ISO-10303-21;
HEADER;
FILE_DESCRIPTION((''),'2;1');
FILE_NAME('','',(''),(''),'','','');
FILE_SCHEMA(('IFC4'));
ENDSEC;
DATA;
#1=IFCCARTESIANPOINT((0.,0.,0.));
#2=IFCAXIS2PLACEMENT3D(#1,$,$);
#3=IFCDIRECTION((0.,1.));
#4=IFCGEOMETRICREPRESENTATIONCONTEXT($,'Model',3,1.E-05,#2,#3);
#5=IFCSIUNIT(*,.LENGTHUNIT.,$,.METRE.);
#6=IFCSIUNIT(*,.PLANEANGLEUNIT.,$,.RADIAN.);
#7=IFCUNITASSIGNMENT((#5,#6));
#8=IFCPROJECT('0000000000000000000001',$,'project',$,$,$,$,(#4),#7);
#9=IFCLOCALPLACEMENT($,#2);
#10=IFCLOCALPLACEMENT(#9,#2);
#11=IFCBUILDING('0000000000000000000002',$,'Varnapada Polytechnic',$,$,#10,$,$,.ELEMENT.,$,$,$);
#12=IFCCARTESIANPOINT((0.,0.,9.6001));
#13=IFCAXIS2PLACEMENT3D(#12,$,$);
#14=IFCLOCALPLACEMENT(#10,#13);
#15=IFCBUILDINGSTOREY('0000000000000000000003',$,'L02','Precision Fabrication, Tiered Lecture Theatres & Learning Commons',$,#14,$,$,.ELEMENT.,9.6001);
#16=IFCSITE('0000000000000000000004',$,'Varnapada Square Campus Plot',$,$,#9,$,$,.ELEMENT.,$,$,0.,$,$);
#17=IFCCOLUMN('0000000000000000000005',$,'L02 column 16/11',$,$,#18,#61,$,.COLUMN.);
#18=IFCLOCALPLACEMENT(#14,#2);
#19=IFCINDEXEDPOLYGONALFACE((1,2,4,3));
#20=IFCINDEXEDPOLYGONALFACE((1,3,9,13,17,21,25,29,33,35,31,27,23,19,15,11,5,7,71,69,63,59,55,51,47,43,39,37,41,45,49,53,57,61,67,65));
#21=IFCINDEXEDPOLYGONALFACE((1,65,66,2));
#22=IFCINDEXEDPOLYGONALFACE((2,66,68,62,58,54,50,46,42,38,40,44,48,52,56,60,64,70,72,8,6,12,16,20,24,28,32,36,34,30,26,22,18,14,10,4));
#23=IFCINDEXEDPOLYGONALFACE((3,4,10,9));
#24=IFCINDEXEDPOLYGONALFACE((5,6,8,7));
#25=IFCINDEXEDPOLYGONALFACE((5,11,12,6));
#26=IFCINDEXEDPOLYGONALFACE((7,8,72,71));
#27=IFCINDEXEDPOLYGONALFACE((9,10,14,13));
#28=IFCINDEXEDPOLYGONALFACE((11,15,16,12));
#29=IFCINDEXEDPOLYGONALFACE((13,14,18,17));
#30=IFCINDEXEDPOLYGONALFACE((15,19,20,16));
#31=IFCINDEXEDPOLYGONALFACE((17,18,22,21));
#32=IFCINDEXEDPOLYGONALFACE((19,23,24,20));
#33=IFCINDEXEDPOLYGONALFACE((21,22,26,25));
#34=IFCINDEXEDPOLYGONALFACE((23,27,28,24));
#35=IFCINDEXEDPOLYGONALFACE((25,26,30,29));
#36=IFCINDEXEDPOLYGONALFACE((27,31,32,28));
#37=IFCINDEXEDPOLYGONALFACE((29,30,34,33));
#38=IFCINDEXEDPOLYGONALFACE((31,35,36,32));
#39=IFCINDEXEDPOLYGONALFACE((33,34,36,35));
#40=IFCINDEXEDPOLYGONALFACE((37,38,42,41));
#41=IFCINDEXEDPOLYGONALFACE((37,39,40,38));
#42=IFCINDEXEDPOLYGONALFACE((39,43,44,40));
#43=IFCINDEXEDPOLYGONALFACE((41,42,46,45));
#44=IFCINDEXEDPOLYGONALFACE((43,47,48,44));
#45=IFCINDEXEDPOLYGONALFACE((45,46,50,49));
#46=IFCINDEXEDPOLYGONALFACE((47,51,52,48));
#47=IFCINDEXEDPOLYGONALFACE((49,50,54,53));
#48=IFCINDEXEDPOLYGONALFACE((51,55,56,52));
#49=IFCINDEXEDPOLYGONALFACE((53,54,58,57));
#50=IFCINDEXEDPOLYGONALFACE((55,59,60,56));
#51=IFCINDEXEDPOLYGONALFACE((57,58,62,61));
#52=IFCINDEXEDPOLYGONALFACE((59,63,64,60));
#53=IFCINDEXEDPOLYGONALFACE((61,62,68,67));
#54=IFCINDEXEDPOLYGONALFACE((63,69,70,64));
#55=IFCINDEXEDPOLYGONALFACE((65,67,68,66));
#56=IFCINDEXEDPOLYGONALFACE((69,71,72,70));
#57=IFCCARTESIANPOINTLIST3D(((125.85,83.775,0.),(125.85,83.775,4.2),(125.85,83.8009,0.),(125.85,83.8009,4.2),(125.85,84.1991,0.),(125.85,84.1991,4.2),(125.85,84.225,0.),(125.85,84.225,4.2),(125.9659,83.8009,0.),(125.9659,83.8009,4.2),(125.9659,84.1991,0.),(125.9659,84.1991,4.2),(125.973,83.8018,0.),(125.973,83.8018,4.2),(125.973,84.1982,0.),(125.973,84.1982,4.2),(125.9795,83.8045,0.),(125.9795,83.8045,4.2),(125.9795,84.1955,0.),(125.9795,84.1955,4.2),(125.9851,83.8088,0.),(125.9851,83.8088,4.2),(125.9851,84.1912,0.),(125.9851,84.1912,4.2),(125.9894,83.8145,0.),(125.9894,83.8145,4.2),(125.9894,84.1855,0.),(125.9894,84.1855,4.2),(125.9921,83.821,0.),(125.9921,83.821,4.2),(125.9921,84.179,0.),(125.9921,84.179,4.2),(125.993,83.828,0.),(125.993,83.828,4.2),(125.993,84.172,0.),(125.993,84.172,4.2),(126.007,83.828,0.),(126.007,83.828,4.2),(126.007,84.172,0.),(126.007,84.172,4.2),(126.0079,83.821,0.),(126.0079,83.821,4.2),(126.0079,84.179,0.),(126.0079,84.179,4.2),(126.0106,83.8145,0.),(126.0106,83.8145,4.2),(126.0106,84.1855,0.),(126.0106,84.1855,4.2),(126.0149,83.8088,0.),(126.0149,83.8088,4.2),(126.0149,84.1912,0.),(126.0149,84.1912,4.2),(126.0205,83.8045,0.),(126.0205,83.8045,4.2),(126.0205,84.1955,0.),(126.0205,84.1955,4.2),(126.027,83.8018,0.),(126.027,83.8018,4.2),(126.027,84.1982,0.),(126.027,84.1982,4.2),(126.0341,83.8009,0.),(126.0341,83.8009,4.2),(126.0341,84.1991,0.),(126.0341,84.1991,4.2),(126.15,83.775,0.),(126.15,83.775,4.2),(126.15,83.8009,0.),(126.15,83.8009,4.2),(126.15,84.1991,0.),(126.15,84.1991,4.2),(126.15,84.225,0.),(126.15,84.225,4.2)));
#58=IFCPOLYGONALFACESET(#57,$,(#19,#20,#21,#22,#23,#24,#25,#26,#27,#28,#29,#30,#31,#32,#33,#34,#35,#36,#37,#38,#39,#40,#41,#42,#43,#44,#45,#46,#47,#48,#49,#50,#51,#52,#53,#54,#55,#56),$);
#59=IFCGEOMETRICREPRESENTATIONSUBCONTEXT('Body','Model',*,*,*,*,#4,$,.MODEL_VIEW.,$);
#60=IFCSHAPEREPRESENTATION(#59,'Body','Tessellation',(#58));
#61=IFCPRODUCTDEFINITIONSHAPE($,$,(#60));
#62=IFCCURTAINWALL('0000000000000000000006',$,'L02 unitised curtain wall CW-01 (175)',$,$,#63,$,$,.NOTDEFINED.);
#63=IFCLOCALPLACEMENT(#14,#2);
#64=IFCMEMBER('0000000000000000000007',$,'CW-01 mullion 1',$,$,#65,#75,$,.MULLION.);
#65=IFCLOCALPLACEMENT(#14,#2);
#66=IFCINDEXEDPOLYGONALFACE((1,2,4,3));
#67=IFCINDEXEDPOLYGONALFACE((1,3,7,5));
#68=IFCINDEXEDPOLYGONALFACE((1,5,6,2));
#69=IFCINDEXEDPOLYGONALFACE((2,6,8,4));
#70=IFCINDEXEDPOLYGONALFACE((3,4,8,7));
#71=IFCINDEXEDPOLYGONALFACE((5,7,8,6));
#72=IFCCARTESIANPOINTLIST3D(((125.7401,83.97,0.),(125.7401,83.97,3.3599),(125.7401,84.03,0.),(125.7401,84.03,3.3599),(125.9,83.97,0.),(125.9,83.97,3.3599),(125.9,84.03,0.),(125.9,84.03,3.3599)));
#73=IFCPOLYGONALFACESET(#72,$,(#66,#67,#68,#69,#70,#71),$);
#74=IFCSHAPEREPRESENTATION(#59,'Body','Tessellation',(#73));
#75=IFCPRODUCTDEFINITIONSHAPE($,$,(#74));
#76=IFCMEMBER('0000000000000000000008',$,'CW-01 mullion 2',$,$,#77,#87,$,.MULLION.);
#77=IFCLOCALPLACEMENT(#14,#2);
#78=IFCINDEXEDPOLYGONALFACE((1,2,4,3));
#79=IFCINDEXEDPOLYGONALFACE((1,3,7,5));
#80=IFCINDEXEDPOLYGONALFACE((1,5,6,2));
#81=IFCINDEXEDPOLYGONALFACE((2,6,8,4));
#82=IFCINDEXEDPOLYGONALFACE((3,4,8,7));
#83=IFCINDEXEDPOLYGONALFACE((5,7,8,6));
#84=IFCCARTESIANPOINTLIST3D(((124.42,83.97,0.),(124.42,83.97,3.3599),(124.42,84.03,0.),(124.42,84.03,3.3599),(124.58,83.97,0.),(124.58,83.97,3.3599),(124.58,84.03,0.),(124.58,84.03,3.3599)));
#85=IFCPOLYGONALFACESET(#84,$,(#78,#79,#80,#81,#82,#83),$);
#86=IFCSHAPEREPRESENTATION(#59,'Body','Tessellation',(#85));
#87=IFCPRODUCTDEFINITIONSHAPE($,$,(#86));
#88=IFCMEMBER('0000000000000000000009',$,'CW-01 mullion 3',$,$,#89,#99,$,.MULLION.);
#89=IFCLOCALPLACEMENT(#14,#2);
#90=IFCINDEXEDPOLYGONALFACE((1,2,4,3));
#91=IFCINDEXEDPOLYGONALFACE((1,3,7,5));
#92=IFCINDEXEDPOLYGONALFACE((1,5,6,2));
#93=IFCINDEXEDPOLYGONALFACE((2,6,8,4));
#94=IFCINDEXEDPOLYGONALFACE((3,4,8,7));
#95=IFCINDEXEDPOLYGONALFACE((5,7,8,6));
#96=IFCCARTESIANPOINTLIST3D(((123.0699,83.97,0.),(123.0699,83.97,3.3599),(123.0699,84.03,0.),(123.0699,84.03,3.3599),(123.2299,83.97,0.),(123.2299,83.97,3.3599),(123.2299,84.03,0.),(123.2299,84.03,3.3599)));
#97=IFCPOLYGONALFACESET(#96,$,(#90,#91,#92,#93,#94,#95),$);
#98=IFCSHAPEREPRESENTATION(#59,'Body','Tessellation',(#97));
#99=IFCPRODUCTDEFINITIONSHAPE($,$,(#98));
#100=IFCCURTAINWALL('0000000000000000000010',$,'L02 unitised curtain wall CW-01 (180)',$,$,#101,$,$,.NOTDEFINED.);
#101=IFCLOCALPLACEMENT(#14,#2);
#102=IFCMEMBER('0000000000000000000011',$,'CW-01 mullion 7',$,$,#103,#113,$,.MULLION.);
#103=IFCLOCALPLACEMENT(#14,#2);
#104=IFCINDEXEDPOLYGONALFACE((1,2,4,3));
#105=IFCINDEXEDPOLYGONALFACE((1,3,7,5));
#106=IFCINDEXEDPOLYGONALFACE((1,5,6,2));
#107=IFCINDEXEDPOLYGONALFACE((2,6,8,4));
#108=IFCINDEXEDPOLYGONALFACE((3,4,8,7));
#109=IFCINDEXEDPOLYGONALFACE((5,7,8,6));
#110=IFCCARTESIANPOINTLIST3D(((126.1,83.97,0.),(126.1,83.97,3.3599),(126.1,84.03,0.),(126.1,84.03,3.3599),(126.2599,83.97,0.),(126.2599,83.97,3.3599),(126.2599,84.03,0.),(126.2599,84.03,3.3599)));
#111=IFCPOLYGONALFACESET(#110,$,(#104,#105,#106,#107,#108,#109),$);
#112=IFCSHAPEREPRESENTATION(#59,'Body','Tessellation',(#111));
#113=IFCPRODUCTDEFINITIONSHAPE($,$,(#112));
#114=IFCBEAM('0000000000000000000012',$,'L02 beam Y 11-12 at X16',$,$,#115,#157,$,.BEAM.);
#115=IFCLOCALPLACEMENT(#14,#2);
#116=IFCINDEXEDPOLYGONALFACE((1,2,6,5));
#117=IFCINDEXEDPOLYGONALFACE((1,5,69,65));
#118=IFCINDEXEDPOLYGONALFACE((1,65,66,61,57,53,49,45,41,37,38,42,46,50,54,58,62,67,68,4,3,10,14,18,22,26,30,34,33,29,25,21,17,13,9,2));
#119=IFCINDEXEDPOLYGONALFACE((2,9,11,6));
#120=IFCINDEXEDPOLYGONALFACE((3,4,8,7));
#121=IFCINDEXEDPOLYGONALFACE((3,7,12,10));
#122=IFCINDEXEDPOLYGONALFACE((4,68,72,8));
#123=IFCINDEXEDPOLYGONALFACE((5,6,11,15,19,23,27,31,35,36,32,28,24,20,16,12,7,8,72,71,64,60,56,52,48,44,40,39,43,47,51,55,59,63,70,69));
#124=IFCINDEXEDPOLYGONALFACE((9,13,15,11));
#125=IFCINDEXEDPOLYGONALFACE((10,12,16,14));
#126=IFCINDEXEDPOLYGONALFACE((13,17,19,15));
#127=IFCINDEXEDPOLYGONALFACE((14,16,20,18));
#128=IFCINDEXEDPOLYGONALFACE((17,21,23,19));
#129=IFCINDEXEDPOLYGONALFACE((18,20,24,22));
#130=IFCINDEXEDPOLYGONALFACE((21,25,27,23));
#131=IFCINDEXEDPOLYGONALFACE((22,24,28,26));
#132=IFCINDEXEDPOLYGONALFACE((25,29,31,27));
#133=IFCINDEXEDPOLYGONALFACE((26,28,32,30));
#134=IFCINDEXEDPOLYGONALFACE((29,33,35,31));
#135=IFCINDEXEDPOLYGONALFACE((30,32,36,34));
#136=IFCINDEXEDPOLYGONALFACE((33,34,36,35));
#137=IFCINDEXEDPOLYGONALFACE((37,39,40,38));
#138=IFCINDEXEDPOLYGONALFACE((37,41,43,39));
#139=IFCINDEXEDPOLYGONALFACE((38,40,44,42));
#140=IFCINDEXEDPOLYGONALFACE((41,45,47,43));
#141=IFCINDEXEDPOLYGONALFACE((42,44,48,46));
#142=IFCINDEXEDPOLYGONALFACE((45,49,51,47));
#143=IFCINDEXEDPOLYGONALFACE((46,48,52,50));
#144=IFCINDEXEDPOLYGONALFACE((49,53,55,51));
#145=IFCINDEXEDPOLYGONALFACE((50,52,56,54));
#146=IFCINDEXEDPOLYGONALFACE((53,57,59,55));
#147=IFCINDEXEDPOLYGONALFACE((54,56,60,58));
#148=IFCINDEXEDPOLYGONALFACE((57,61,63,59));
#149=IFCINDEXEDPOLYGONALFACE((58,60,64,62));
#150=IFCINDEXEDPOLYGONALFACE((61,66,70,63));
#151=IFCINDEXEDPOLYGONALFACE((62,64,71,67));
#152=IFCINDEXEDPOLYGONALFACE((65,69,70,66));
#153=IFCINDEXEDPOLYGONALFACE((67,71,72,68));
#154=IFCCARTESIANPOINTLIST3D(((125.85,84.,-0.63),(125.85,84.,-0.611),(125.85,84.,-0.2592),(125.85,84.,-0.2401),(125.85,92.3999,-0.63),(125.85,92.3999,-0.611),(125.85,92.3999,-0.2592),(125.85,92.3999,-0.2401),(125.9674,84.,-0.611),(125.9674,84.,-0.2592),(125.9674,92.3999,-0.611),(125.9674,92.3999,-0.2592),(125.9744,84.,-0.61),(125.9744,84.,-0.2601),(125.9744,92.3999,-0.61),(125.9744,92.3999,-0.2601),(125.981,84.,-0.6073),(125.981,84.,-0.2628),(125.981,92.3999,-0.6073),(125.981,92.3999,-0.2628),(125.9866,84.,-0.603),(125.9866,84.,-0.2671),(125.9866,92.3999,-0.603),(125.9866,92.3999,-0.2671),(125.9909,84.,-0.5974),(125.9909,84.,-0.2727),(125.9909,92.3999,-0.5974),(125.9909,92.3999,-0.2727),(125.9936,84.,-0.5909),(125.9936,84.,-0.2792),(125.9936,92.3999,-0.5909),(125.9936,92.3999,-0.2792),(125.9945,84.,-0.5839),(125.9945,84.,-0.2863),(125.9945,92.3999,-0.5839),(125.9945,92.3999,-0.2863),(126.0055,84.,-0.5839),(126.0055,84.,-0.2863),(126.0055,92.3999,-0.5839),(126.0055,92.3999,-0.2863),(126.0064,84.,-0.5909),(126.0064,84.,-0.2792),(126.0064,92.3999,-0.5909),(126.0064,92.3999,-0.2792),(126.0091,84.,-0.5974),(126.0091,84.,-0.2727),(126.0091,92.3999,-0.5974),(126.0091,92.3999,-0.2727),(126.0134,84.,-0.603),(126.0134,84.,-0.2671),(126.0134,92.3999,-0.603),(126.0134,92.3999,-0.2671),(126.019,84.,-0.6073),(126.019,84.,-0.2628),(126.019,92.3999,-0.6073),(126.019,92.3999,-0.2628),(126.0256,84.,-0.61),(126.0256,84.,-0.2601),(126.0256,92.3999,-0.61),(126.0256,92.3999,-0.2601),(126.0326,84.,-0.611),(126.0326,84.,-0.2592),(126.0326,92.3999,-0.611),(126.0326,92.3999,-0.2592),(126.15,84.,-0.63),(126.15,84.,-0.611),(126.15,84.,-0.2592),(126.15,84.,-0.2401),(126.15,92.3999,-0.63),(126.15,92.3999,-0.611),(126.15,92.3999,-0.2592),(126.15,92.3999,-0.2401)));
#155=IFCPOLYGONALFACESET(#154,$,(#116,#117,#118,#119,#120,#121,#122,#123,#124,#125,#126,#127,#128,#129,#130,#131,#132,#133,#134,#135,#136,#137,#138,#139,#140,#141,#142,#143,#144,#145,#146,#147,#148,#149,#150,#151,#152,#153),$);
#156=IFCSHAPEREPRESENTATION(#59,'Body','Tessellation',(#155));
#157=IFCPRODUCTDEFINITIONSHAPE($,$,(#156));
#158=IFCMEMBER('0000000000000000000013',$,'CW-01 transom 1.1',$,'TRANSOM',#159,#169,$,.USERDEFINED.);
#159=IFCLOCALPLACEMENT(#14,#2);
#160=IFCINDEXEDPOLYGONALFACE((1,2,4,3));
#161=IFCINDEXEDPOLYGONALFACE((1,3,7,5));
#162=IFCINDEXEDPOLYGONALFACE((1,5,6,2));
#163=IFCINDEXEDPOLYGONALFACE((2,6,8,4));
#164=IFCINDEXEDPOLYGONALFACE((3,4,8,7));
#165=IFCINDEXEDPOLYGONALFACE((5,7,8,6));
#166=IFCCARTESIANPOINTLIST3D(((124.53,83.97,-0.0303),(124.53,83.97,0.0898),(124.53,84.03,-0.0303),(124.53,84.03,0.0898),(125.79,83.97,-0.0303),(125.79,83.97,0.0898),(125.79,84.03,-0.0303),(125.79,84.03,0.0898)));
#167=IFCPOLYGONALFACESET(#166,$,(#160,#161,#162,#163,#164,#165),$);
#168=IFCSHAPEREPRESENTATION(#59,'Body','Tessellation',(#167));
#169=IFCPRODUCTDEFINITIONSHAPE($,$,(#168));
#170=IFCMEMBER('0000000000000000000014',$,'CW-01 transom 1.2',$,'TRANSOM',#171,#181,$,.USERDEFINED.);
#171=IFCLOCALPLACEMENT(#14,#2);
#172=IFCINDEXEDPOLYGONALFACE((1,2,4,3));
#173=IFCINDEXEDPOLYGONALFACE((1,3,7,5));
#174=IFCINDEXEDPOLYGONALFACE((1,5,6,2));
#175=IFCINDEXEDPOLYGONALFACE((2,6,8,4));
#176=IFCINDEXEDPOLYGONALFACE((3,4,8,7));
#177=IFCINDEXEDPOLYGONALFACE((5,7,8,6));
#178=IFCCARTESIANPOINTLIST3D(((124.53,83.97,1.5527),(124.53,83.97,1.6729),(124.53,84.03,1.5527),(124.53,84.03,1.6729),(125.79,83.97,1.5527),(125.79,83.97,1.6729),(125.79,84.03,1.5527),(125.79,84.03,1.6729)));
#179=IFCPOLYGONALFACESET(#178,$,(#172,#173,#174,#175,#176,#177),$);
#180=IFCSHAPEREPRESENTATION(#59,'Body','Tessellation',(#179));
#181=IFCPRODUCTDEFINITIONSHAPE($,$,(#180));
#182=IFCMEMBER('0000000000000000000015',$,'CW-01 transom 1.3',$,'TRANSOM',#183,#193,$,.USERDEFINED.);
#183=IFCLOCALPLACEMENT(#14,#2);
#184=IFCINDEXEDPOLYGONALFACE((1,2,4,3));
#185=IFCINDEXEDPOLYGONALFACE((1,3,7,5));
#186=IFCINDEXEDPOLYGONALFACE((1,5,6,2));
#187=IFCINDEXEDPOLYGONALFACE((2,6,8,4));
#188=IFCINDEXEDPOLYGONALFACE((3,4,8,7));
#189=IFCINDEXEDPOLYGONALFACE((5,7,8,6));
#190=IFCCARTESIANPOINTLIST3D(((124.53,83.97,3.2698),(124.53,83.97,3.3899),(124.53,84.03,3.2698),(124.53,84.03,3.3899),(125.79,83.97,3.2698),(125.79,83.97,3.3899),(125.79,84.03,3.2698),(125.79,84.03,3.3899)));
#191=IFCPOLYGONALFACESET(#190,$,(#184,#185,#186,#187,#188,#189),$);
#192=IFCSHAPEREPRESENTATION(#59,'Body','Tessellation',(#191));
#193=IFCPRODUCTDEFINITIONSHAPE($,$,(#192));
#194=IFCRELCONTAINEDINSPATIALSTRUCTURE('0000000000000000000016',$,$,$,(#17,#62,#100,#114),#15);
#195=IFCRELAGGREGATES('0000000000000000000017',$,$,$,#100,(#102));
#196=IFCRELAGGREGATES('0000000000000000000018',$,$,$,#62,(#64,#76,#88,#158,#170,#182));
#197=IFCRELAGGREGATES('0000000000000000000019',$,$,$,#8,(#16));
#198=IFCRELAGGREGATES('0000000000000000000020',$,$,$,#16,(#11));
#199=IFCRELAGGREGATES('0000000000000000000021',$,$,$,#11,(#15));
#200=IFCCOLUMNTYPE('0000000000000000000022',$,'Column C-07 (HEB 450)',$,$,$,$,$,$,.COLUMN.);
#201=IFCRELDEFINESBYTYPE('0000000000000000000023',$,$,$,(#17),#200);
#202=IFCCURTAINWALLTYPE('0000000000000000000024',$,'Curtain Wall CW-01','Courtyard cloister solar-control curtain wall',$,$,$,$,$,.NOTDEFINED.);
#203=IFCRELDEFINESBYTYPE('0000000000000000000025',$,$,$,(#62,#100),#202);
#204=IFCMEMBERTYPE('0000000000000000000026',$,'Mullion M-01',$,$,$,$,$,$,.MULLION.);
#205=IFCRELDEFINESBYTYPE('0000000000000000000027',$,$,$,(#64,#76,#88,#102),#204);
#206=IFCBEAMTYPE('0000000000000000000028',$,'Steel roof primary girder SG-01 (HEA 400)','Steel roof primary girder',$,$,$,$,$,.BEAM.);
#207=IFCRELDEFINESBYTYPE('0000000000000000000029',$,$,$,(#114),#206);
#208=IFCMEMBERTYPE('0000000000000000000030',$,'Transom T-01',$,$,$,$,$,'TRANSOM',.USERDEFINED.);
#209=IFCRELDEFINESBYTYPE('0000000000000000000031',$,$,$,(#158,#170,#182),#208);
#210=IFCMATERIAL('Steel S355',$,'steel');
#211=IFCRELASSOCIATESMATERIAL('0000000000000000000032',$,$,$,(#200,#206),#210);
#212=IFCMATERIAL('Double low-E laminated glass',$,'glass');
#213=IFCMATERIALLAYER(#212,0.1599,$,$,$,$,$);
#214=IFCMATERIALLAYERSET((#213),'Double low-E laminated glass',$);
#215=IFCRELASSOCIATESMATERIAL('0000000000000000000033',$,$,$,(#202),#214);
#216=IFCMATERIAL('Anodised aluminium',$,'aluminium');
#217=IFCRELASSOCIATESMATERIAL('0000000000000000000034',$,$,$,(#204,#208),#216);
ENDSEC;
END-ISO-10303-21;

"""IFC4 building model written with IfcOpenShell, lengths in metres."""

from ifc_helpers import new_model, si_unit, direction, frame, origin, origin_2d, place, context, subcontext, project, spatial, rectangle, i_section, extrude, material, layer, layer_set, material_profile, profile_set, type_object, element, aggregate, save


model = new_model("IFC4")

# Units and contexts
model_context = context("Model", 3, precision=1e-05, world=origin(), true_north=direction((0.0, 1.0)))
body_context = subcontext(model_context, "Body", "Model", "MODEL_VIEW")
ifc_project = project(units=[si_unit("LENGTHUNIT", "METRE"), si_unit("PLANEANGLEUNIT", "RADIAN")], contexts=[model_context])

# Site, building, storey
site_placement = place(None, origin())
site = spatial("IfcSite", under=ifc_project, at=site_placement, Name="Varnapada Square Campus Plot", CompositionType="ELEMENT", RefElevation=0.0)
building_placement = place(site_placement, origin())
building = spatial("IfcBuilding", under=site, at=building_placement, Name="Varnapada Polytechnic", CompositionType="ELEMENT")
storey_placement = place(building_placement, frame((0.0, 0.0, 9.6001)))
storey = spatial("IfcBuildingStorey", under=building, at=storey_placement, Name="L02", Description="Precision Fabrication, Tiered Lecture Theatres & Learning Commons", CompositionType="ELEMENT", Elevation=9.6001)

# Column
ifc_material_1 = material(Name="Steel S355", Category="steel")
ifc_material_profile_1 = material_profile(ifc_material_1, i_section(OverallWidth=0.3, OverallDepth=0.45, WebThickness=0.0139, FlangeThickness=0.0259, FilletRadius=0.0271, at=origin_2d()), Name="HEB 450")
ifc_profile_set_1 = profile_set([ifc_material_profile_1], Name="Steel S355")
column_type = type_object("IfcColumnType", Name="Column C-07 (HEB 450)", PredefinedType="COLUMN", material=ifc_profile_set_1)
column_placement = place(storey_placement, frame((126.0, 84.0, 0.0), z_axis=(0.0, 0.0, 1.0), x_axis=(1.0, 0.0, 0.0)))
element("IfcColumn", 1, at=column_placement, inside=storey, type_object=column_type, Name="L02 column 16/11", PredefinedType="COLUMN", context=body_context, shape_type="SweptSolid", body=[
    extrude(i_section(OverallWidth=0.3, OverallDepth=0.45, WebThickness=0.0139, FlangeThickness=0.0259, FilletRadius=0.0271, at=origin_2d()), origin(), (0.0, 0.0, 1.0), 4.2),
])

# Curtain wall, members
ifc_material_2 = material(Name="Double low-E laminated glass", Category="glass")
ifc_layer_1 = layer(ifc_material_2, 0.1599)
ifc_layer_set_1 = layer_set([ifc_layer_1], Name="Double low-E laminated glass")
curtain_wall_type = type_object("IfcCurtainWallType", Name="Curtain Wall CW-01", Description="Courtyard cloister solar-control curtain wall", PredefinedType="NOTDEFINED", material=ifc_layer_set_1)
curtain_wall_1_placement = place(storey_placement, origin())
curtain_wall_1 = element("IfcCurtainWall", 2, at=curtain_wall_1_placement, inside=storey, type_object=curtain_wall_type, Name="L02 unitised curtain wall CW-01 (175)", PredefinedType="NOTDEFINED")
ifc_material_3 = material(Name="Anodised aluminium", Category="aluminium")
ifc_material_profile_2 = material_profile(ifc_material_3, rectangle(XDim=0.0601, YDim=0.1599, at=origin_2d()), Name="ALU M60x160")
ifc_profile_set_2 = profile_set([ifc_material_profile_2], Name="Anodised aluminium")
member_type_1 = type_object("IfcMemberType", Name="Mullion M-01", PredefinedType="MULLION", material=ifc_profile_set_2)
member_1_placement = place(storey_placement, frame((125.8201, 84.0, 0.0), z_axis=(0.0, 0.0, 1.0), x_axis=(0.0, -1.0, 0.0)))
member_1 = element("IfcMember", 3, at=member_1_placement, type_object=member_type_1, Name="CW-01 mullion 1", PredefinedType="MULLION", context=body_context, shape_type="SweptSolid", body=[
    extrude(rectangle(XDim=0.0601, YDim=0.1599, at=origin_2d()), origin(), (0.0, 0.0, 1.0), 3.3599),
])
member_2_placement = place(storey_placement, frame((124.5, 84.0, 0.0), z_axis=(0.0, 0.0, 1.0), x_axis=(0.0, -1.0, 0.0)))
member_2 = element("IfcMember", 4, at=member_2_placement, type_object=member_type_1, Name="CW-01 mullion 2", PredefinedType="MULLION", context=body_context, shape_type="SweptSolid", body=[
    extrude(rectangle(XDim=0.0601, YDim=0.1599, at=origin_2d()), origin(), (0.0, 0.0, 1.0), 3.3599),
])
member_3_placement = place(storey_placement, frame((123.1499, 84.0, 0.0), z_axis=(0.0, 0.0, 1.0), x_axis=(0.0, -1.0, 0.0)))
member_3 = element("IfcMember", 5, at=member_3_placement, type_object=member_type_1, Name="CW-01 mullion 3", PredefinedType="MULLION", context=body_context, shape_type="SweptSolid", body=[
    extrude(rectangle(XDim=0.0601, YDim=0.1599, at=origin_2d()), origin(), (0.0, 0.0, 1.0), 3.3599),
])

# Curtain wall, member
curtain_wall_2_placement = place(storey_placement, origin())
curtain_wall_2 = element("IfcCurtainWall", 6, at=curtain_wall_2_placement, inside=storey, type_object=curtain_wall_type, Name="L02 unitised curtain wall CW-01 (180)", PredefinedType="NOTDEFINED")
member_4_placement = place(storey_placement, frame((126.1799, 84.0, 0.0), z_axis=(0.0, 0.0, 1.0), x_axis=(0.0, -1.0, 0.0)))
member_4 = element("IfcMember", 7, at=member_4_placement, type_object=member_type_1, Name="CW-01 mullion 7", PredefinedType="MULLION", context=body_context, shape_type="SweptSolid", body=[
    extrude(rectangle(XDim=0.0601, YDim=0.1599, at=origin_2d()), origin(), (0.0, 0.0, 1.0), 3.3599),
])
aggregate(curtain_wall_2, [member_4])

# Beam
ifc_material_profile_3 = material_profile(ifc_material_1, i_section(OverallWidth=0.3, OverallDepth=0.3899, WebThickness=0.011, FlangeThickness=0.019, FilletRadius=0.0271, at=origin_2d()), Name="HEA 400")
ifc_profile_set_3 = profile_set([ifc_material_profile_3], Name="Steel S355")
beam_type_1 = type_object("IfcBeamType", Name="Steel roof primary girder SG-01 (HEA 400)", Description="Steel roof primary girder", PredefinedType="BEAM", material=ifc_profile_set_3)
beam_1_placement = place(storey_placement, frame((126.0, 84.0, -0.4351), z_axis=(0.0, 1.0, 0.0), x_axis=(-1.0, 0.0, 0.0)))
element("IfcBeam", 8, at=beam_1_placement, inside=storey, type_object=beam_type_1, Name="L02 beam Y 11-12 at X16", PredefinedType="BEAM", context=body_context, shape_type="SweptSolid", body=[
    extrude(i_section(OverallWidth=0.3, OverallDepth=0.3899, WebThickness=0.011, FlangeThickness=0.019, FilletRadius=0.0271, at=origin_2d()), origin(), (0.0, 0.0, 1.0), 8.3999),
])

# Members
ifc_material_profile_4 = material_profile(ifc_material_3, rectangle(XDim=0.0601, YDim=0.1201, at=origin_2d()), Name="ALU T60x120")
ifc_profile_set_4 = profile_set([ifc_material_profile_4], Name="Anodised aluminium")
member_type_2 = type_object("IfcMemberType", Name="Transom T-01", ElementType="TRANSOM", PredefinedType="USERDEFINED", material=ifc_profile_set_4)
member_5_placement = place(storey_placement, frame((125.79, 84.0, 0.0298), z_axis=(-1.0, 0.0, 0.0), x_axis=(0.0, -1.0, 0.0)))
member_5 = element("IfcMember", 9, at=member_5_placement, type_object=member_type_2, Name="CW-01 transom 1.1", ObjectType="TRANSOM", PredefinedType="USERDEFINED", context=body_context, shape_type="SweptSolid", body=[
    extrude(rectangle(XDim=0.0601, YDim=0.1201, at=origin_2d()), origin(), (0.0, 0.0, 1.0), 1.26),
])
member_6_placement = place(storey_placement, frame((125.79, 84.0, 1.6128), z_axis=(-1.0, 0.0, 0.0), x_axis=(0.0, -1.0, 0.0)))
member_6 = element("IfcMember", 10, at=member_6_placement, type_object=member_type_2, Name="CW-01 transom 1.2", ObjectType="TRANSOM", PredefinedType="USERDEFINED", context=body_context, shape_type="SweptSolid", body=[
    extrude(rectangle(XDim=0.0601, YDim=0.1201, at=origin_2d()), origin(), (0.0, 0.0, 1.0), 1.26),
])
member_7_placement = place(storey_placement, frame((125.79, 84.0, 3.3298), z_axis=(-1.0, 0.0, 0.0), x_axis=(0.0, -1.0, 0.0)))
member_7 = element("IfcMember", 11, at=member_7_placement, type_object=member_type_2, Name="CW-01 transom 1.3", ObjectType="TRANSOM", PredefinedType="USERDEFINED", context=body_context, shape_type="SweptSolid", body=[
    extrude(rectangle(XDim=0.0601, YDim=0.1201, at=origin_2d()), origin(), (0.0, 0.0, 1.0), 1.26),
])

aggregate(curtain_wall_1, [member_1, member_2, member_3, member_5, member_6, member_7])

save(model, "model.ifc")
